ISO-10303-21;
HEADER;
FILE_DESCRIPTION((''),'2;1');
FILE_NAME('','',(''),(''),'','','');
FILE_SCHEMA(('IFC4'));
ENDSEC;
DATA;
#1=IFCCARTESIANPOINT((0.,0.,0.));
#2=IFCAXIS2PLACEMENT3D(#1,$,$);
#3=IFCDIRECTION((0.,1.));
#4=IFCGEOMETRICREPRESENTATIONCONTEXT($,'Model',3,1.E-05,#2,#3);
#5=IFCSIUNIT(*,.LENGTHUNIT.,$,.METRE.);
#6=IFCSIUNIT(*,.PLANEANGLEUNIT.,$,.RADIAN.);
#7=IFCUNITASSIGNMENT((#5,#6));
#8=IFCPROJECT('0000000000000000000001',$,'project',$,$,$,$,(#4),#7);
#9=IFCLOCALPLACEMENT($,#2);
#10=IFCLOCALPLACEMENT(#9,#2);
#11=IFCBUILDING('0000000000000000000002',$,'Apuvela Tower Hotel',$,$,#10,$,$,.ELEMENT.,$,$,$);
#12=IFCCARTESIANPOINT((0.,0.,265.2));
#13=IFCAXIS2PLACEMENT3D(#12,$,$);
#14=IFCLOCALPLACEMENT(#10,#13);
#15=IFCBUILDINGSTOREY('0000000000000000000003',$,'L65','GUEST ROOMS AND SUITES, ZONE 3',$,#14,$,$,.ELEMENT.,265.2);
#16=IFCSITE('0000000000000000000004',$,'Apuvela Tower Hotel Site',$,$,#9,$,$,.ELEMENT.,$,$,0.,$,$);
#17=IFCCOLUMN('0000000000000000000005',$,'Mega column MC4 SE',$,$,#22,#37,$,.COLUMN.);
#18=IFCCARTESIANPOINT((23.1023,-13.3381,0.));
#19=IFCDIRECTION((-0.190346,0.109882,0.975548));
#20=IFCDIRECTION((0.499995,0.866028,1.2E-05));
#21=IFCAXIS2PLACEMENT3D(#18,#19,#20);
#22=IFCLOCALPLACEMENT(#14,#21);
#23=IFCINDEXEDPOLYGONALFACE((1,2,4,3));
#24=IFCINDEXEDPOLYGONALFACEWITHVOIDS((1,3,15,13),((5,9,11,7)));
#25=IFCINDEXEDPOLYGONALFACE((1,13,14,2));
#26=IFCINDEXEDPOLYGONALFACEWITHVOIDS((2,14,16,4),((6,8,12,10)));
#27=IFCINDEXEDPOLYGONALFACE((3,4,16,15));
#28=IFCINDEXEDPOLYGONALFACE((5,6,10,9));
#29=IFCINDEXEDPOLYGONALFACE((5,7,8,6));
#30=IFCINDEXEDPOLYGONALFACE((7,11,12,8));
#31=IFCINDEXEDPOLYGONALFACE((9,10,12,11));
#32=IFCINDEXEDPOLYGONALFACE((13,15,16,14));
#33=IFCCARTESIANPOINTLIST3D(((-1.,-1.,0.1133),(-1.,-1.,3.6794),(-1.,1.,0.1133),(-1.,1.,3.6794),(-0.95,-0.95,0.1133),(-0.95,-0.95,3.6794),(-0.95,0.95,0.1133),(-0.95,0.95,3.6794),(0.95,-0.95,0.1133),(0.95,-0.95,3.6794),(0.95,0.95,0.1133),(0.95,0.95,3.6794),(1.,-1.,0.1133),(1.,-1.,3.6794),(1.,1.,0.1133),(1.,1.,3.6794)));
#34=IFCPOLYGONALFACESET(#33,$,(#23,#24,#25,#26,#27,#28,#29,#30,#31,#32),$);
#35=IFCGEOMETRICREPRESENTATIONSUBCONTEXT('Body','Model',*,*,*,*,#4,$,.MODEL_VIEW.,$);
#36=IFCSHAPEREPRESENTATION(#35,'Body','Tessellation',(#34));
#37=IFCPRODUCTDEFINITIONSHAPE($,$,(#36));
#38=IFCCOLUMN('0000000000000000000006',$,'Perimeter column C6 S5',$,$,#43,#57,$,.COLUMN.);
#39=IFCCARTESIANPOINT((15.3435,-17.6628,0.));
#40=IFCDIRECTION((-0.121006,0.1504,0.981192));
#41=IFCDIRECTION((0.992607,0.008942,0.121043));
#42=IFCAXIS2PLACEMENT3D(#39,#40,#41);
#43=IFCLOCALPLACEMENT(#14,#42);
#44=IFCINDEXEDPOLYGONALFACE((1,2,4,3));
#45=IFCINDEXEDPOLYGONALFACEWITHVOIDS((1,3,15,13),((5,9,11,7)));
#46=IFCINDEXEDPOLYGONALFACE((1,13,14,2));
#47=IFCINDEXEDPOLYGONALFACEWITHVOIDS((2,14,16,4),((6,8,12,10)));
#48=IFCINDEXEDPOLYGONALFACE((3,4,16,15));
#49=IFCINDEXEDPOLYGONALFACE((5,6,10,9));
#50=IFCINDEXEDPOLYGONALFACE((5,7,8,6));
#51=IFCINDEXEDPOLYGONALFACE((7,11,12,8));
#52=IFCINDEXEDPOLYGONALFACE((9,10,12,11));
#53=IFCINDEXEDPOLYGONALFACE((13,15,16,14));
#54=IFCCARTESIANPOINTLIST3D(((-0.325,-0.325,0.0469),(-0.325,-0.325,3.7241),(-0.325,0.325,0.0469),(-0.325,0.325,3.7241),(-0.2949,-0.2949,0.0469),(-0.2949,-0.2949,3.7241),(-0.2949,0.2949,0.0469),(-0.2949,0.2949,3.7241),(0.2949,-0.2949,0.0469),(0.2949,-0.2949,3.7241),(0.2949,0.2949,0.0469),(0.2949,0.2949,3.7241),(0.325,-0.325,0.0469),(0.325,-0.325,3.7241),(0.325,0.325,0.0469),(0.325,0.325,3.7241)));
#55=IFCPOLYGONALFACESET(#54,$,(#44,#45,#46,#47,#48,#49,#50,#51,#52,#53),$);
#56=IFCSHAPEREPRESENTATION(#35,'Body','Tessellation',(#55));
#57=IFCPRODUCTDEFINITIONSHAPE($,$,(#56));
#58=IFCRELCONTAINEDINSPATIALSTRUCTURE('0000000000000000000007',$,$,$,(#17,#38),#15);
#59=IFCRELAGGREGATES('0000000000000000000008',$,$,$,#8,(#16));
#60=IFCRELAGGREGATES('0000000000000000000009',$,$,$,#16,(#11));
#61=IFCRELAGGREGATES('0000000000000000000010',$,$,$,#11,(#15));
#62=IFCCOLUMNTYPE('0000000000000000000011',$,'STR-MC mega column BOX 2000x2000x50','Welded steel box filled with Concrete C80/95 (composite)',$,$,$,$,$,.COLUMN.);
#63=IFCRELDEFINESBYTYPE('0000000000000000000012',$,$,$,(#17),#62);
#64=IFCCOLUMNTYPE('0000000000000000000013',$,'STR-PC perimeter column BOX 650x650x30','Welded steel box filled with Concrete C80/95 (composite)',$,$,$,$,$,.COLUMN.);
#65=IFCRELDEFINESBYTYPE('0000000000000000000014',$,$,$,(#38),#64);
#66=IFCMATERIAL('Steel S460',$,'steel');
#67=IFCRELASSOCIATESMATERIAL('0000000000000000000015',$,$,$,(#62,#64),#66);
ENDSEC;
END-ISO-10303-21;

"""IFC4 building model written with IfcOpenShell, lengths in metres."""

from ifc_helpers import new_model, si_unit, direction, frame, origin, origin_2d, place, context, subcontext, project, spatial, rectangle, hollow_rectangle, extrude, boolean, halfspace, material, material_profile, profile_set, type_object, element, save


model = new_model("IFC4")

# Units and contexts
model_context = context("Model", 3, precision=1e-05, world=origin(), true_north=direction((0.0, 1.0)))
body_context = subcontext(model_context, "Body", "Model", "MODEL_VIEW")
ifc_project = project(units=[si_unit("LENGTHUNIT", "METRE"), si_unit("PLANEANGLEUNIT", "RADIAN")], contexts=[model_context])

# Site, building, storey
site_placement = place(None, origin())
site = spatial("IfcSite", under=ifc_project, at=site_placement, Name="Apuvela Tower Hotel Site", CompositionType="ELEMENT", RefElevation=0.0)
building_placement = place(site_placement, origin())
building = spatial("IfcBuilding", under=site, at=building_placement, Name="Apuvela Tower Hotel", CompositionType="ELEMENT")
storey_placement = place(building_placement, frame((0.0, 0.0, 265.2)))
storey = spatial("IfcBuildingStorey", under=building, at=storey_placement, Name="L65", Description="GUEST ROOMS AND SUITES, ZONE 3", CompositionType="ELEMENT", Elevation=265.2)

# Columns
ifc_material_1 = material(Name="Steel S460", Category="steel")
ifc_material_profile_1 = material_profile(ifc_material_1, hollow_rectangle(XDim=2.0, YDim=2.0, WallThickness=0.05, at=origin_2d()), Name="BOX 2000x2000x50")
ifc_material_2 = material(Name="Concrete C80/95", Category="concrete")
ifc_material_profile_2 = material_profile(ifc_material_2, rectangle(XDim=1.8999, YDim=1.8999, at=origin_2d()), Name="Concrete C80/95 infill")
ifc_profile_set_1 = profile_set([ifc_material_profile_1, ifc_material_profile_2], Name="Steel S460")
column_type_1 = type_object("IfcColumnType", Name="STR-MC mega column BOX 2000x2000x50", Description="Welded steel box filled with Concrete C80/95 (composite)", PredefinedType="COLUMN", material=ifc_profile_set_1)
column_1_placement = place(storey_placement, frame((23.1023, -13.3381, 0.0), z_axis=(-0.190346, 0.109882, 0.975548), x_axis=(0.499995, 0.866028, 0.000012)))
element("IfcColumn", 1, at=column_1_placement, inside=storey, type_object=column_type_1, Name="Mega column MC4 SE", PredefinedType="COLUMN", context=body_context, shape_type="SweptSolid", body=[
    boolean("DIFFERENCE", boolean("DIFFERENCE", extrude(hollow_rectangle(XDim=2.0, YDim=2.0, WallThickness=0.05, at=origin_2d()), origin(), (0.0, 0.0, 1.0), 3.7927), halfspace(frame((0.0, 0.0, 0.1133), z_axis=(0.0, 0.0, 1.0), x_axis=(1.0, 0.0, 0.0)), True)), halfspace(frame((0.0, 0.0, 3.6794), z_axis=(0.0, 0.0, 1.0), x_axis=(1.0, 0.0, 0.0)), False)),
])
ifc_material_profile_3 = material_profile(ifc_material_1, hollow_rectangle(XDim=0.6499, YDim=0.6499, WallThickness=0.03, at=origin_2d()), Name="BOX 650x650x30")
ifc_material_profile_4 = material_profile(ifc_material_2, rectangle(XDim=0.5901, YDim=0.5901, at=origin_2d()), Name="Concrete C80/95 infill")
ifc_profile_set_2 = profile_set([ifc_material_profile_3, ifc_material_profile_4], Name="Steel S460")
column_type_2 = type_object("IfcColumnType", Name="STR-PC perimeter column BOX 650x650x30", Description="Welded steel box filled with Concrete C80/95 (composite)", PredefinedType="COLUMN", material=ifc_profile_set_2)
column_2_placement = place(storey_placement, frame((15.3435, -17.6628, 0.0), z_axis=(-0.121006, 0.1504, 0.981192), x_axis=(0.992607, 0.008942, 0.121043)))
element("IfcColumn", 2, at=column_2_placement, inside=storey, type_object=column_type_2, Name="Perimeter column C6 S5", PredefinedType="COLUMN", context=body_context, shape_type="SweptSolid", body=[
    boolean("DIFFERENCE", boolean("DIFFERENCE", extrude(hollow_rectangle(XDim=0.6499, YDim=0.6499, WallThickness=0.03, at=origin_2d()), origin(), (0.0, 0.0, 1.0), 3.771), halfspace(frame((0.0, 0.0, 0.0469), z_axis=(0.0, 0.0, 1.0), x_axis=(1.0, 0.0, 0.0)), True)), halfspace(frame((0.0, 0.0, 3.7241), z_axis=(0.0, 0.0, 1.0), x_axis=(1.0, 0.0, 0.0)), False)),
])

save(model, "model.ifc")
